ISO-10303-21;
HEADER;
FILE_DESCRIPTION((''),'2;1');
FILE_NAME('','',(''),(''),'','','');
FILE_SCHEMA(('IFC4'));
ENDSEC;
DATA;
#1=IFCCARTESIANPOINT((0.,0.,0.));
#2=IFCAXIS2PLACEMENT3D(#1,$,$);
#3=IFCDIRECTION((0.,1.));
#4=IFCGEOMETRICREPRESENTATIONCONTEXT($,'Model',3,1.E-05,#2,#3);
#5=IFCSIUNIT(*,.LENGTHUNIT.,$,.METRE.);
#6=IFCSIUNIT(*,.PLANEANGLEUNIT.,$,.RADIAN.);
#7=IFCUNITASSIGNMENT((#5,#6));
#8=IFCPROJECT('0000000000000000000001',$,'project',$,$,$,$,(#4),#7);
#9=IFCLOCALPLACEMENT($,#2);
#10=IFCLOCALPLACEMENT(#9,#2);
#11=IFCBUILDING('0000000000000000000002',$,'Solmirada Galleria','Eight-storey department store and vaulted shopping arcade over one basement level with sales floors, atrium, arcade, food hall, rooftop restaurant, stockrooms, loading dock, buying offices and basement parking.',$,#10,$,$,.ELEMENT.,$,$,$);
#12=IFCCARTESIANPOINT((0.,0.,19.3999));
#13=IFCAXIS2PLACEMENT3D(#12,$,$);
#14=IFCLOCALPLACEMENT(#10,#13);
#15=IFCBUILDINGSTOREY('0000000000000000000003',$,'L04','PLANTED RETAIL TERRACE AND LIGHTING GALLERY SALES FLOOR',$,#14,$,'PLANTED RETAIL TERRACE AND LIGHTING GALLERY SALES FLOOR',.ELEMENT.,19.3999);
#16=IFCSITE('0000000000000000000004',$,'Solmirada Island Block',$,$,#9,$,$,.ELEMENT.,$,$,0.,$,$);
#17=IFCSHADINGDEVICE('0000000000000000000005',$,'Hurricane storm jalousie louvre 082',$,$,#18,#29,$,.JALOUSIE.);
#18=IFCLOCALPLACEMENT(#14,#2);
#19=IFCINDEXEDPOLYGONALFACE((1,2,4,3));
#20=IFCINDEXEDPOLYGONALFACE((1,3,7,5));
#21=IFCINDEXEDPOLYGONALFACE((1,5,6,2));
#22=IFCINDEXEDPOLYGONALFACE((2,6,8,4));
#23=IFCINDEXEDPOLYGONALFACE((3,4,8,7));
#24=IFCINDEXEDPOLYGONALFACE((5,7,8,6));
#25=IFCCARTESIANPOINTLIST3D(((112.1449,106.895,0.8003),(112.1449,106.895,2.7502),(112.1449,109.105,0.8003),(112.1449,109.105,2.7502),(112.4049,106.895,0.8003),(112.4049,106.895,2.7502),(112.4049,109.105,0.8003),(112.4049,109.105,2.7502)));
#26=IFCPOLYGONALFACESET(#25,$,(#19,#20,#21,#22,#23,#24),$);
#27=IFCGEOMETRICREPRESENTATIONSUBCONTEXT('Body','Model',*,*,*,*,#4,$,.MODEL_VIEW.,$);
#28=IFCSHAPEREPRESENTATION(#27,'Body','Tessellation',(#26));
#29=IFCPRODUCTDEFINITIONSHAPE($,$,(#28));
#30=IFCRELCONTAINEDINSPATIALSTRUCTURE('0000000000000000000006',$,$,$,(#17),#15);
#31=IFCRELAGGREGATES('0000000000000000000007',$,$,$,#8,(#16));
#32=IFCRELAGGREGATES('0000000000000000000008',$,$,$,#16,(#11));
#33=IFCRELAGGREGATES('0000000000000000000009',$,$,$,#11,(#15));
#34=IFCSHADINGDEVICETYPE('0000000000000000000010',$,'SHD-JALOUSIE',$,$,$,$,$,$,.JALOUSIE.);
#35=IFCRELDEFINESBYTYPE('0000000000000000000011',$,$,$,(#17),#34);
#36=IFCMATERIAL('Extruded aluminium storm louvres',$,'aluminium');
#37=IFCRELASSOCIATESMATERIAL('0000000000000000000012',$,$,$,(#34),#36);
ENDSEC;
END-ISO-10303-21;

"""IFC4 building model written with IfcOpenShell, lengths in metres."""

from ifc_helpers import new_model, si_unit, direction, frame, origin, origin_2d, place, context, subcontext, project, spatial, rectangle, extrude, material, type_object, element, save


model = new_model("IFC4")

# Units and contexts
model_context = context("Model", 3, precision=1e-05, world=origin(), true_north=direction((0.0, 1.0)))
body_context = subcontext(model_context, "Body", "Model", "MODEL_VIEW")
ifc_project = project(units=[si_unit("LENGTHUNIT", "METRE"), si_unit("PLANEANGLEUNIT", "RADIAN")], contexts=[model_context])

# Site, building, storey
site_placement = place(None, origin())
site = spatial("IfcSite", under=ifc_project, at=site_placement, Name="Solmirada Island Block", CompositionType="ELEMENT", RefElevation=0.0)
building_placement = place(site_placement, origin())
building = spatial("IfcBuilding", under=site, at=building_placement, Name="Solmirada Galleria", Description="Eight-storey department store and vaulted shopping arcade over one basement level with sales floors, atrium, arcade, food hall, rooftop restaurant, stockrooms, loading dock, buying offices and basement parking.", CompositionType="ELEMENT")
storey_placement = place(building_placement, frame((0.0, 0.0, 19.3999)))
storey = spatial("IfcBuildingStorey", under=building, at=storey_placement, Name="L04", Description="PLANTED RETAIL TERRACE AND LIGHTING GALLERY SALES FLOOR", LongName="PLANTED RETAIL TERRACE AND LIGHTING GALLERY SALES FLOOR", CompositionType="ELEMENT", Elevation=19.3999)

# Shading device
ifc_material_1 = material(Name="Extruded aluminium storm louvres", Category="aluminium")
shading_device_type = type_object("IfcShadingDeviceType", Name="SHD-JALOUSIE", PredefinedType="JALOUSIE", material=ifc_material_1)
shading_device_placement = place(storey_placement, frame((112.2749, 108.0, 0.8003), z_axis=(0.0, 0.0, 1.0), x_axis=(0.0, -1.0, 0.0)))
element("IfcShadingDevice", 1, at=shading_device_placement, inside=storey, type_object=shading_device_type, Name="Hurricane storm jalousie louvre 082", PredefinedType="JALOUSIE", context=body_context, shape_type="SweptSolid", body=[
    extrude(rectangle(XDim=2.21, YDim=0.26, at=origin_2d()), origin(), (0.0, 0.0, 1.0), 1.95),
])

save(model, "model.ifc")
